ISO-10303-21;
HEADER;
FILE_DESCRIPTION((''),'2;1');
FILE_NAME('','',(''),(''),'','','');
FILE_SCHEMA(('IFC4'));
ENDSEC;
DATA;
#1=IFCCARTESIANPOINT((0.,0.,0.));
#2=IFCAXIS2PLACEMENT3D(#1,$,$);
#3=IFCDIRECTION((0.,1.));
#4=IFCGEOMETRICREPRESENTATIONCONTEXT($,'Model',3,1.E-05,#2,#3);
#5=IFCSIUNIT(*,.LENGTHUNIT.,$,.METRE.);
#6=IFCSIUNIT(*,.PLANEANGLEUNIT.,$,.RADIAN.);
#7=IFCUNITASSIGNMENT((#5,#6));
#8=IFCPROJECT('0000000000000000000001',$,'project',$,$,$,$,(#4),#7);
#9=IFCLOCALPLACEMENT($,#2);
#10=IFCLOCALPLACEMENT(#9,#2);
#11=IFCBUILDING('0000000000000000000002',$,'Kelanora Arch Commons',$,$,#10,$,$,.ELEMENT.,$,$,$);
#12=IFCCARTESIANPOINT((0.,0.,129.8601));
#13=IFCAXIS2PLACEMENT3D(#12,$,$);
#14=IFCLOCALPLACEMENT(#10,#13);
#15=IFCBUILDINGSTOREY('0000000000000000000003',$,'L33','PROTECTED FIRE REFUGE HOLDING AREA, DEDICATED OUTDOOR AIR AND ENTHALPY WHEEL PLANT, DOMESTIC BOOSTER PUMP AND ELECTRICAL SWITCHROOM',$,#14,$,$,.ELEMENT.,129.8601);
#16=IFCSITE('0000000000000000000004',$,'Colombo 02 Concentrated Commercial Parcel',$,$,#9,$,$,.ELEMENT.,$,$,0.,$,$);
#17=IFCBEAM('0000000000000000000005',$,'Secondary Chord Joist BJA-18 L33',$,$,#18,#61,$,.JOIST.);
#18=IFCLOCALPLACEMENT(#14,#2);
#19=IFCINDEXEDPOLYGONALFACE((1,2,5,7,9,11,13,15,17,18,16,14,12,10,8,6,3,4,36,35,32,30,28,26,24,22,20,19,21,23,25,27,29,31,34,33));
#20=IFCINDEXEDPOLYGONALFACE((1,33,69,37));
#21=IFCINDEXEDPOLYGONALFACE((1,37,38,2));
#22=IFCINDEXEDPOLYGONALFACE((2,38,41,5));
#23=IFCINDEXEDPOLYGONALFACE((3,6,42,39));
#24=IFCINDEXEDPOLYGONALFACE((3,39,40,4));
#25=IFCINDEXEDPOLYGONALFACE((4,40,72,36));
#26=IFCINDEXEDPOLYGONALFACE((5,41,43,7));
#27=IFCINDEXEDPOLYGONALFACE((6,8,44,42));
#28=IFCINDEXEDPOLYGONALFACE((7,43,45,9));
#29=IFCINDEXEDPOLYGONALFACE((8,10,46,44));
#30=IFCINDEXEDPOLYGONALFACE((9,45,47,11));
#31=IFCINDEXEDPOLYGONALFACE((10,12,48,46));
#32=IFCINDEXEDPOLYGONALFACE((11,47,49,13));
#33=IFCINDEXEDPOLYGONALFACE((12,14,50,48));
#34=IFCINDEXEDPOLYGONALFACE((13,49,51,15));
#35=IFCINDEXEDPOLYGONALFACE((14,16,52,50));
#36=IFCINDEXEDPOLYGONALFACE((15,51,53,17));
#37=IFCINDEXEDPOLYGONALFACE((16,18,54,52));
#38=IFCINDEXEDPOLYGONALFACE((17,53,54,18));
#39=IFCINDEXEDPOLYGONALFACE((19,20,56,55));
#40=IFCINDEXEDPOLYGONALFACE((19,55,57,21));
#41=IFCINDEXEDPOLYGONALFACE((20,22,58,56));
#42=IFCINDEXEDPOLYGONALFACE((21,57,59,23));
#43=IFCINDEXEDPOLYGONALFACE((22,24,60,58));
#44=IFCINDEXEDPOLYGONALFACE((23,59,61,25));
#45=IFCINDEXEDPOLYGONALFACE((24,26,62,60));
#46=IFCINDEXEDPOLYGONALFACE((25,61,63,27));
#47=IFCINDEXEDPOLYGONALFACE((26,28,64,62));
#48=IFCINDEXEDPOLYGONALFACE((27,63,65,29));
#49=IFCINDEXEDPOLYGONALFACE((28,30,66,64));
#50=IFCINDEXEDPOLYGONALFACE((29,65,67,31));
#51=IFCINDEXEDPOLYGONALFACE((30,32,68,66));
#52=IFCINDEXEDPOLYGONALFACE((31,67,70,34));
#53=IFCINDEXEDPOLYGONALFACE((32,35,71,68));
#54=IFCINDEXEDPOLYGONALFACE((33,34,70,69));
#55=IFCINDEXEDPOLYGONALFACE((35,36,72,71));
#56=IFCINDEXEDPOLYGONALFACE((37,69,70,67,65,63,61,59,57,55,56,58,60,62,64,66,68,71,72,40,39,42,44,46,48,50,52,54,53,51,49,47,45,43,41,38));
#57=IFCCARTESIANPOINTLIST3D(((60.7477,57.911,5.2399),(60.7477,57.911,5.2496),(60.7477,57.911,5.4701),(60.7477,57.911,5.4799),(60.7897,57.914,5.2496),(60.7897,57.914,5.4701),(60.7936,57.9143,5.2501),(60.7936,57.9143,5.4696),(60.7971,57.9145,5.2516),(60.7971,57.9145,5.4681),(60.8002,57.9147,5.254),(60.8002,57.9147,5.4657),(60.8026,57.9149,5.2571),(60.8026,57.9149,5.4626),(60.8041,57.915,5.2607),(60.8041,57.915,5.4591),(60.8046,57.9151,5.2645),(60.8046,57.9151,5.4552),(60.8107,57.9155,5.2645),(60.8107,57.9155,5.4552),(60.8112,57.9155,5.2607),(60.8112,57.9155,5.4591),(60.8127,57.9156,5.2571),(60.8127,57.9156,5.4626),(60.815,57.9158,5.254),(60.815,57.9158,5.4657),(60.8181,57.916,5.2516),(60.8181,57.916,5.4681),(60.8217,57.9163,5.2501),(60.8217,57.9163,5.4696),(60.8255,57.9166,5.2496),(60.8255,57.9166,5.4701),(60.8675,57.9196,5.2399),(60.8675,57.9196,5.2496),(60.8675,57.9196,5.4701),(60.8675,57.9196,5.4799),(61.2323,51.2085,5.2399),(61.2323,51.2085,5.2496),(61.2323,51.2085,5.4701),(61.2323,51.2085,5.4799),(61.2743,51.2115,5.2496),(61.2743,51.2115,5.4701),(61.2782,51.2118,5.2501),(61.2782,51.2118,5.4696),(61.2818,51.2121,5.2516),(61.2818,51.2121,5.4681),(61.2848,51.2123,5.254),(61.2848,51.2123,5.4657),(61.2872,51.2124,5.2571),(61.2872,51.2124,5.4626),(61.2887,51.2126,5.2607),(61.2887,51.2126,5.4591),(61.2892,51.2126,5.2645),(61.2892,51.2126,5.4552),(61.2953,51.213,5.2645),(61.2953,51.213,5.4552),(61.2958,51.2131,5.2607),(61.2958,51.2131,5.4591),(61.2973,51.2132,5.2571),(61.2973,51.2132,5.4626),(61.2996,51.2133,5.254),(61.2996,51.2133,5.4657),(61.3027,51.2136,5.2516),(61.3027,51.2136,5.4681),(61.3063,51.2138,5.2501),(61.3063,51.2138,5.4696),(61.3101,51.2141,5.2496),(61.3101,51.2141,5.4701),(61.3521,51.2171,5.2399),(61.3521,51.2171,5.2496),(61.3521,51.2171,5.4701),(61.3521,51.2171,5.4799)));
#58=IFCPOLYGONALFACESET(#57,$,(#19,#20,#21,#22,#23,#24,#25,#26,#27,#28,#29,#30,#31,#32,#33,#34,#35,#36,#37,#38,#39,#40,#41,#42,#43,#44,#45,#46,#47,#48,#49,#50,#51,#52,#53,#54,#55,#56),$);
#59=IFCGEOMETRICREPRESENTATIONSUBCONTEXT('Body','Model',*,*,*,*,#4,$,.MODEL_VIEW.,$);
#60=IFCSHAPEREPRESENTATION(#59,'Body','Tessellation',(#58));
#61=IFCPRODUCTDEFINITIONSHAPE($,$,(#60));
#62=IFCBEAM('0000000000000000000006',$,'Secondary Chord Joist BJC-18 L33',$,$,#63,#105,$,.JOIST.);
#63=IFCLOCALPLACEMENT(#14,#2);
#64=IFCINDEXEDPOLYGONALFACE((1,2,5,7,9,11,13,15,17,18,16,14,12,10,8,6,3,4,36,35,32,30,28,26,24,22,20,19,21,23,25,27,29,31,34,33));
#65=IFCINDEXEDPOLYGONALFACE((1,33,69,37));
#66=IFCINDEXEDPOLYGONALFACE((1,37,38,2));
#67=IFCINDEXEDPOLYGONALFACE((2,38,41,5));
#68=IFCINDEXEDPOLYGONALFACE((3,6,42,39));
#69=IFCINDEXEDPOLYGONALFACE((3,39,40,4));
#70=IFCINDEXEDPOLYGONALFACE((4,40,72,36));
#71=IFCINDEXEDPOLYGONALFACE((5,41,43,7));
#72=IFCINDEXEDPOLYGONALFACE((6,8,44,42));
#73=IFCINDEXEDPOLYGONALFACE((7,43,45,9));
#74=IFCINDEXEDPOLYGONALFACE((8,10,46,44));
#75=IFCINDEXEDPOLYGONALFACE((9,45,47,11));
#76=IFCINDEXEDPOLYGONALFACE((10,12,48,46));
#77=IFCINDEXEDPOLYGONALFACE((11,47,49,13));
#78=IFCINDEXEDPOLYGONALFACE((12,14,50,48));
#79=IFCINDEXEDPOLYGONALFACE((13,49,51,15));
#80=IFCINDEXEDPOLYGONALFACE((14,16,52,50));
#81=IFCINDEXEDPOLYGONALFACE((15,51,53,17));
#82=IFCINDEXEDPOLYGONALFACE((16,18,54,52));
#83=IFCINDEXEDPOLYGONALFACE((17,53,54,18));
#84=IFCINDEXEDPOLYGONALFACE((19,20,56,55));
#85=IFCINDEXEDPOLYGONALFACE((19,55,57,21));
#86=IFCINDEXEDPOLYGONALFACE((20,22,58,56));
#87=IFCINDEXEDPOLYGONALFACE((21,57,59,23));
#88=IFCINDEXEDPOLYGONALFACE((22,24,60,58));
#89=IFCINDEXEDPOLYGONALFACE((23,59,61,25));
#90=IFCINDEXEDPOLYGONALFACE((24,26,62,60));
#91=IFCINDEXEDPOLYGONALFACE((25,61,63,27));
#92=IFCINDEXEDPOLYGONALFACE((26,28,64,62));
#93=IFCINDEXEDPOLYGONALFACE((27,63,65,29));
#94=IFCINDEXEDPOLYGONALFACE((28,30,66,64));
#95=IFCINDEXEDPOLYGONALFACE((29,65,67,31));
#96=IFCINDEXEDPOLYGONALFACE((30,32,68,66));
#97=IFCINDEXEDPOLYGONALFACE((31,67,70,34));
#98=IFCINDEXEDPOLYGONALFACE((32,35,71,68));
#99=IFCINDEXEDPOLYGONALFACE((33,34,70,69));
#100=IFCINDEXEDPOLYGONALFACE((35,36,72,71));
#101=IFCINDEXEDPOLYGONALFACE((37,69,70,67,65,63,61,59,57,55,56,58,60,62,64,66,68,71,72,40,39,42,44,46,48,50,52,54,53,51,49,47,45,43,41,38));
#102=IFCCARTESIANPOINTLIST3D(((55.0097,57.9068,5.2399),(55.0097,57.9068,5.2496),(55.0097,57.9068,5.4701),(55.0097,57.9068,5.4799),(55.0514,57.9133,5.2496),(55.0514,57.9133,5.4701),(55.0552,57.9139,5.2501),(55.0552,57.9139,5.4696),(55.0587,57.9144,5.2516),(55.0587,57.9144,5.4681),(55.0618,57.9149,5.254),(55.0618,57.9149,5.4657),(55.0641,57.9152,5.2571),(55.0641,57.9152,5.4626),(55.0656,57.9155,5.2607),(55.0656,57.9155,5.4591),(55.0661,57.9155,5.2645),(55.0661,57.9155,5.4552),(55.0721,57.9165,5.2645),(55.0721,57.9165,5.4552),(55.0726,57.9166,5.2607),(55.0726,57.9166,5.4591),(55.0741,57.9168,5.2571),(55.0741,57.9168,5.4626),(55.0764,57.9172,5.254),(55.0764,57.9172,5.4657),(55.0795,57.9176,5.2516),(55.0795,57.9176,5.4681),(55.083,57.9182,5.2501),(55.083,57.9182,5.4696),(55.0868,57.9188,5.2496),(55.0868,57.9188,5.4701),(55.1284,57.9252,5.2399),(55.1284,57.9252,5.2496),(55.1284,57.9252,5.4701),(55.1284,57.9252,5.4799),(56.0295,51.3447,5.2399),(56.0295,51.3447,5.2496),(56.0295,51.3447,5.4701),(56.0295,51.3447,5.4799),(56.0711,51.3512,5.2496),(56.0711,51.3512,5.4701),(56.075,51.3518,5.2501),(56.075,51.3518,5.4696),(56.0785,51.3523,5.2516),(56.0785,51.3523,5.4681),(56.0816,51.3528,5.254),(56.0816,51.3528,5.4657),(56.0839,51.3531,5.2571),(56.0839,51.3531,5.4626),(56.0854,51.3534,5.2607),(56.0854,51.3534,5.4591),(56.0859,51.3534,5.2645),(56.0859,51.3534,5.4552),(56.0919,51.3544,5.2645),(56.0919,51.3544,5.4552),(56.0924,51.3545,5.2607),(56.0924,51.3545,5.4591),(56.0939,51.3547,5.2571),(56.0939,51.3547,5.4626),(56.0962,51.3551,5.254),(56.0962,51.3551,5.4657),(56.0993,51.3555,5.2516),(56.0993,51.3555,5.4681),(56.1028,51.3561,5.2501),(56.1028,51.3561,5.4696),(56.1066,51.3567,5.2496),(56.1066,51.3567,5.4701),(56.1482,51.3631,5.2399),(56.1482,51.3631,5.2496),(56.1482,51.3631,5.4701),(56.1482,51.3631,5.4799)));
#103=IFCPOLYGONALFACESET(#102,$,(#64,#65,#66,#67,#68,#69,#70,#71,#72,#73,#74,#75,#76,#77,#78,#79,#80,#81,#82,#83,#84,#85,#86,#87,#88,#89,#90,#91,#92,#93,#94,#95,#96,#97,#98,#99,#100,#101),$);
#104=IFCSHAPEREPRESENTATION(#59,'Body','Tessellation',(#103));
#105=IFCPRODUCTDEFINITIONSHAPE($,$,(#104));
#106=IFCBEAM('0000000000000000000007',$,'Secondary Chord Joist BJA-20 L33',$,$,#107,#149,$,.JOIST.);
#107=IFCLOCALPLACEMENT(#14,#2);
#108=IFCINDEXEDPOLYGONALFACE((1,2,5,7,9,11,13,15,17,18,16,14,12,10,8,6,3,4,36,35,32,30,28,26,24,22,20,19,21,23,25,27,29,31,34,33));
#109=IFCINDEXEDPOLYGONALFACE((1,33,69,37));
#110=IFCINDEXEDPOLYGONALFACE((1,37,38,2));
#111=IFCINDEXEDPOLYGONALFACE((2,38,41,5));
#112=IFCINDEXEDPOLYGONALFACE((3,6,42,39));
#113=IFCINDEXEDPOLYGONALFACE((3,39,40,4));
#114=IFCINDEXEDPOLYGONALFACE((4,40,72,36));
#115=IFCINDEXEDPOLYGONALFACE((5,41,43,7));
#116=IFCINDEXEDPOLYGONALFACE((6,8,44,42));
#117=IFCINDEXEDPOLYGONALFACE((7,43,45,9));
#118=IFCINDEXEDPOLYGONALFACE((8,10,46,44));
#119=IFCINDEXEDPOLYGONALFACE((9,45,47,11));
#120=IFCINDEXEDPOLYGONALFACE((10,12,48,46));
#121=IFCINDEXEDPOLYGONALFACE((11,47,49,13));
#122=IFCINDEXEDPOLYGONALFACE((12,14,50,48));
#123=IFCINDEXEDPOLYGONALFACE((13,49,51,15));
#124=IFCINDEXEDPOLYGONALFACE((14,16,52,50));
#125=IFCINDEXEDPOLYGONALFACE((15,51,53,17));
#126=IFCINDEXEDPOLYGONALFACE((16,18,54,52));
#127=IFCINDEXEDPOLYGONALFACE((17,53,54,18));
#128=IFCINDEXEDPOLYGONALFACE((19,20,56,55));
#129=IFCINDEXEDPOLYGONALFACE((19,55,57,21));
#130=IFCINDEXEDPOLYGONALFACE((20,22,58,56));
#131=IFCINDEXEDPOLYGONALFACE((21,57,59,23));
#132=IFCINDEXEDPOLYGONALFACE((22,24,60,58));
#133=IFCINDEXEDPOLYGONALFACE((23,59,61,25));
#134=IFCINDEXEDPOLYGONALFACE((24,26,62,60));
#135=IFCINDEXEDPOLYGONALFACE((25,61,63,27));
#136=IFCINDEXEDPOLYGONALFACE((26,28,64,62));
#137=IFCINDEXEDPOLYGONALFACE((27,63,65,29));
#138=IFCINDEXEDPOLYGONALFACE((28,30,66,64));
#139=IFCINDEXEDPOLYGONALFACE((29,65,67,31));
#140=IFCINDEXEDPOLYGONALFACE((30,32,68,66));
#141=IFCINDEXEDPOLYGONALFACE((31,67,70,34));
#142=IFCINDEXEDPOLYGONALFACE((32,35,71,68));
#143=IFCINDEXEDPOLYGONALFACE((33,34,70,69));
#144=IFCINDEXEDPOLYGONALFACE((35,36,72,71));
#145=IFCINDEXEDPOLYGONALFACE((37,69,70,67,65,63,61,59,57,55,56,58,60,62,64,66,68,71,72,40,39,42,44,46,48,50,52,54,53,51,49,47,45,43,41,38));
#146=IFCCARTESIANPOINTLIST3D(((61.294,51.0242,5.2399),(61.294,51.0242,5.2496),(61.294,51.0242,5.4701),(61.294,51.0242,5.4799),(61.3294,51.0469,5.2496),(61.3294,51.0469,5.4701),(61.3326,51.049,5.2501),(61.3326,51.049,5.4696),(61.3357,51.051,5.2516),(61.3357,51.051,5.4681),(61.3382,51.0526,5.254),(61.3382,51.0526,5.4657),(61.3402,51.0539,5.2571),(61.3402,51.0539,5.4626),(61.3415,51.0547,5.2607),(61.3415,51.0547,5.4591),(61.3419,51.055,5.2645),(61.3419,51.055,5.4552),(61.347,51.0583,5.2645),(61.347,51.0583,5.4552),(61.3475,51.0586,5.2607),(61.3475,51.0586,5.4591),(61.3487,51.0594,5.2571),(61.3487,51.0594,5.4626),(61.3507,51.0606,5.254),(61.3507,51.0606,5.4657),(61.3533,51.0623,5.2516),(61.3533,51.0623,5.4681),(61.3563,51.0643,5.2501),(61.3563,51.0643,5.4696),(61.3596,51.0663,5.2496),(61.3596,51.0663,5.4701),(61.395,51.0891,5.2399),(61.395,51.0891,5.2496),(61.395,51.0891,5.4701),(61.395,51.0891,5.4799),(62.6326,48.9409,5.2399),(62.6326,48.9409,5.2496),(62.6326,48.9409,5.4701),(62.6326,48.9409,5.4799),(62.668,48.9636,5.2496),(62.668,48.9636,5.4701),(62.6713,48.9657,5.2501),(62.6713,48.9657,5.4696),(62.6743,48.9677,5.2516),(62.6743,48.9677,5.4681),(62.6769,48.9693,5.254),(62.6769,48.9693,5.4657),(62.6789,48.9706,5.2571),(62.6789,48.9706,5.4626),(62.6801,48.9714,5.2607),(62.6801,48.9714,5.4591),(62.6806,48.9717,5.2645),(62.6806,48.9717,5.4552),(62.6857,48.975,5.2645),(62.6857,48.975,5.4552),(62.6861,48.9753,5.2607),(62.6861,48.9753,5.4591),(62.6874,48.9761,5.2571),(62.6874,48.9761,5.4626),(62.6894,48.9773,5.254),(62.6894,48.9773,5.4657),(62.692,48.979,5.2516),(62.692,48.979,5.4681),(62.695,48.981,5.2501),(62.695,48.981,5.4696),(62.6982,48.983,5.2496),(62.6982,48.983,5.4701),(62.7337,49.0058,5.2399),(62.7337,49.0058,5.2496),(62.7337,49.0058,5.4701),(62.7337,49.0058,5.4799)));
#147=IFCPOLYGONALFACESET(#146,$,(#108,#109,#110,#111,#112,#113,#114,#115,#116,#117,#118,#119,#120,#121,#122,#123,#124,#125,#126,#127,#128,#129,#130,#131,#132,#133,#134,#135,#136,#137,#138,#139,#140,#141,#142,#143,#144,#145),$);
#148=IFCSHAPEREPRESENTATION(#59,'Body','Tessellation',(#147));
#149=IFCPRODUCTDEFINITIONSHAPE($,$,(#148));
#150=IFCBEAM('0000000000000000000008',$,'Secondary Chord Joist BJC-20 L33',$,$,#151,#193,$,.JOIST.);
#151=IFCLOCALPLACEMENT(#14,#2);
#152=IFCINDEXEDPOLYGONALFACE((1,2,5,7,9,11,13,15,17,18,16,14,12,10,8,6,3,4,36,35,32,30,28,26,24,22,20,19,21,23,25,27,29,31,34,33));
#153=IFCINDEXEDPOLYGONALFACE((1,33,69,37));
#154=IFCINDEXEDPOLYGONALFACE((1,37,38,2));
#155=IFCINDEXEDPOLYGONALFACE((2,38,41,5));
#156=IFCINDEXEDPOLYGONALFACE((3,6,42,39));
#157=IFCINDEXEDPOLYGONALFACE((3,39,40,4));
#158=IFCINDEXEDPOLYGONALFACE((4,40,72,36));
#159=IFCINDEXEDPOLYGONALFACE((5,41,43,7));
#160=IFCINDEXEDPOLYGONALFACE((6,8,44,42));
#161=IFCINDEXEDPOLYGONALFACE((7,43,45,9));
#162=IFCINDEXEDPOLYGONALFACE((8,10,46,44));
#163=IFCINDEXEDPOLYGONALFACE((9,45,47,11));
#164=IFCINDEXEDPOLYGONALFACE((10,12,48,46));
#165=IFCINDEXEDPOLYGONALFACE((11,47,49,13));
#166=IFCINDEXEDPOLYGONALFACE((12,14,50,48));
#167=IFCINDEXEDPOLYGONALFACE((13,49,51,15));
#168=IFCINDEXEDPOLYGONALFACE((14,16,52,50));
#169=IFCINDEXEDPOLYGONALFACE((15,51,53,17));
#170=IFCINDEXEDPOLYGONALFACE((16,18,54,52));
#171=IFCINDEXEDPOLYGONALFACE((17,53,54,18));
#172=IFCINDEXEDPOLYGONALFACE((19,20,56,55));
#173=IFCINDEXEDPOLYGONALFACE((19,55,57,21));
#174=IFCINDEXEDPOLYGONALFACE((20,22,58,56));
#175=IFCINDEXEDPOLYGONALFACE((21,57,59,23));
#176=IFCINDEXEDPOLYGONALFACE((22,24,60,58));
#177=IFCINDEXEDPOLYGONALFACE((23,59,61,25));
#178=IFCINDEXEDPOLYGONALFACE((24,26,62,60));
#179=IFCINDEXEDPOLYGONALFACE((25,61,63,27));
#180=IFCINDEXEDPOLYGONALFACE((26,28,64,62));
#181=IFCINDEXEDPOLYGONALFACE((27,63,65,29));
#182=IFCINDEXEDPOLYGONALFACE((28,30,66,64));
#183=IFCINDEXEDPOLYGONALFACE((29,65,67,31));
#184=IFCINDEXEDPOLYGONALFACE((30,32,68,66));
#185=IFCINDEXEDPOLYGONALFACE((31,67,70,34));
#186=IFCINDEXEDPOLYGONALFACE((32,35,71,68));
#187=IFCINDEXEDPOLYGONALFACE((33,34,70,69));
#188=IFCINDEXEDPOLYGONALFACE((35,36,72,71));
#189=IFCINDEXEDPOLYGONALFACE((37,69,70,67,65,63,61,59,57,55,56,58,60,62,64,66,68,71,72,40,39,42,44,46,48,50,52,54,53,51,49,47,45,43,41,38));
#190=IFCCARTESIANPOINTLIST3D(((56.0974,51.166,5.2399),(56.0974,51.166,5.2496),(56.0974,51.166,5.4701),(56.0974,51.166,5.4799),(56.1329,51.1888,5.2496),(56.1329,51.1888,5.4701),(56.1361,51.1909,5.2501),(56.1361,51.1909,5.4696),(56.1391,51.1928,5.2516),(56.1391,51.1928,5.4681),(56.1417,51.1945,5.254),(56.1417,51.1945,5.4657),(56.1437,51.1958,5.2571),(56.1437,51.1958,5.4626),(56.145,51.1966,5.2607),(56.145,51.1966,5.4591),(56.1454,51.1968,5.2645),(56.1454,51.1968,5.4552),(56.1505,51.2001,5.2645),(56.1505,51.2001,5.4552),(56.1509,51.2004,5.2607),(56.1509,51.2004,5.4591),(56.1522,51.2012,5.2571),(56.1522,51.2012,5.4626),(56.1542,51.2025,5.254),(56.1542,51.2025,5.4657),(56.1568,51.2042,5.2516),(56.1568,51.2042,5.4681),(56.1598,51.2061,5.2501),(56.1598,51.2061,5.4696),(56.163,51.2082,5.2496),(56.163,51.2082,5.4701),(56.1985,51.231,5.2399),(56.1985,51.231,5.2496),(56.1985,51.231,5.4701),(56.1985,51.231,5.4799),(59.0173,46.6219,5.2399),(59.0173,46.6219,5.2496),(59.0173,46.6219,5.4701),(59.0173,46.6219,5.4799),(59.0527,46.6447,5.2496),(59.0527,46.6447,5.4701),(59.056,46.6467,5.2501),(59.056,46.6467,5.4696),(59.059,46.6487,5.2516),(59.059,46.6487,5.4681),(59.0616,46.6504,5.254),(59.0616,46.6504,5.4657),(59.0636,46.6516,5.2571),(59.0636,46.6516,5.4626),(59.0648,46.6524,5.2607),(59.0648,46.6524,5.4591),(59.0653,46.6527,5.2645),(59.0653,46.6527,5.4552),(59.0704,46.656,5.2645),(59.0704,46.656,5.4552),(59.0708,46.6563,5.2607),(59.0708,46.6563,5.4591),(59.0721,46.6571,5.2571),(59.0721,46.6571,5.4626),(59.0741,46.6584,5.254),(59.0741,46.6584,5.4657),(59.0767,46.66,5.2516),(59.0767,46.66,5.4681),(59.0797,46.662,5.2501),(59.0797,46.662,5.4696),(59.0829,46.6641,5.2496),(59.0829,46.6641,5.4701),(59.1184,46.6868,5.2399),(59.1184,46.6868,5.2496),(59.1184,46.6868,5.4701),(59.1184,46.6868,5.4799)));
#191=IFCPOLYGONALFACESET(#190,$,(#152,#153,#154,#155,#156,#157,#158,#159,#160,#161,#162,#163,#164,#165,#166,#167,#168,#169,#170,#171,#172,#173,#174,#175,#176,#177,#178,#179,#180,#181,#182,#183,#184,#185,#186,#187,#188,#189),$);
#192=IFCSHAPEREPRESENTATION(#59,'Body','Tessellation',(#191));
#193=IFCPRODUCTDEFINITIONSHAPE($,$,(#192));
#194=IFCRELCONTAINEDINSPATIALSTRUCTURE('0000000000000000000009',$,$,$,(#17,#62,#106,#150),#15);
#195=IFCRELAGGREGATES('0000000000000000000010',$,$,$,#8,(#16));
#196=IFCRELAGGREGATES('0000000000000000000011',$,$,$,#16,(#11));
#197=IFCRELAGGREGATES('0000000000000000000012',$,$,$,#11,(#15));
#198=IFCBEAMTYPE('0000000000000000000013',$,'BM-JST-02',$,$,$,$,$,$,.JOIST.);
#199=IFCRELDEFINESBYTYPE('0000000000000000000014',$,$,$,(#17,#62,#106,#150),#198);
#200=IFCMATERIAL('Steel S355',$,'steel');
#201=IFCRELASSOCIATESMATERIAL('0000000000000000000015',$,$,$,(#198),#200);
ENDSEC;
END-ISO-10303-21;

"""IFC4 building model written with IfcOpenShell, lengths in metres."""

from ifc_helpers import new_model, si_unit, direction, frame, origin, origin_2d, place, context, subcontext, project, spatial, i_section, extrude, material, material_profile, profile_set, type_object, element, save


model = new_model("IFC4")

# Units and contexts
model_context = context("Model", 3, precision=1e-05, world=origin(), true_north=direction((0.0, 1.0)))
body_context = subcontext(model_context, "Body", "Model", "MODEL_VIEW")
ifc_project = project(units=[si_unit("LENGTHUNIT", "METRE"), si_unit("PLANEANGLEUNIT", "RADIAN")], contexts=[model_context])

# Site, building, storey
site_placement = place(None, origin())
site = spatial("IfcSite", under=ifc_project, at=site_placement, Name="Colombo 02 Concentrated Commercial Parcel", CompositionType="ELEMENT", RefElevation=0.0)
building_placement = place(site_placement, origin())
building = spatial("IfcBuilding", under=site, at=building_placement, Name="Kelanora Arch Commons", CompositionType="ELEMENT")
storey_placement = place(building_placement, frame((0.0, 0.0, 129.8601)))
storey = spatial("IfcBuildingStorey", under=building, at=storey_placement, Name="L33", Description="PROTECTED FIRE REFUGE HOLDING AREA, DEDICATED OUTDOOR AIR AND ENTHALPY WHEEL PLANT, DOMESTIC BOOSTER PUMP AND ELECTRICAL SWITCHROOM", CompositionType="ELEMENT", Elevation=129.8601)

# Beams
ifc_material_1 = material(Name="Steel S355", Category="steel")
ifc_material_profile_1 = material_profile(ifc_material_1, i_section(OverallWidth=0.1201, OverallDepth=0.24, WebThickness=0.0061, FlangeThickness=0.0098, FilletRadius=0.0149, at=origin_2d()), Name="IPE240")
ifc_profile_set_1 = profile_set([ifc_material_profile_1], Name="Steel S355")
beam_type_1 = type_object("IfcBeamType", Name="BM-JST-02", PredefinedType="JOIST", material=ifc_profile_set_1)
beam_1_placement = place(storey_placement, frame((60.8076, 57.9153, 5.3599), z_axis=(0.072117, -0.997396, 0.0), x_axis=(0.997396, 0.072117, 0.0)))
element("IfcBeam", 1, at=beam_1_placement, inside=storey, type_object=beam_type_1, Name="Secondary Chord Joist BJA-18 L33", PredefinedType="JOIST", context=body_context, shape_type="SweptSolid", body=[
    extrude(i_section(OverallWidth=0.1201, OverallDepth=0.24, WebThickness=0.0061, FlangeThickness=0.0098, FilletRadius=0.0149, at=origin_2d()), origin(), (0.0, 0.0, 1.0), 6.72),
])
beam_2_placement = place(storey_placement, frame((55.0691, 57.916, 5.3599), z_axis=(0.153563, -0.988139, 0.0), x_axis=(0.988139, 0.153563, 0.0)))
element("IfcBeam", 2, at=beam_2_placement, inside=storey, type_object=beam_type_1, Name="Secondary Chord Joist BJC-18 L33", PredefinedType="JOIST", context=body_context, shape_type="SweptSolid", body=[
    extrude(i_section(OverallWidth=0.1201, OverallDepth=0.24, WebThickness=0.0061, FlangeThickness=0.0098, FilletRadius=0.0149, at=origin_2d()), origin(), (0.0, 0.0, 1.0), 6.6409),
])
beam_3_placement = place(storey_placement, frame((61.3445, 51.0566, 5.3599), z_axis=(0.540583, -0.841291, 0.0), x_axis=(0.841291, 0.540583, 0.0)))
element("IfcBeam", 3, at=beam_3_placement, inside=storey, type_object=beam_type_1, Name="Secondary Chord Joist BJA-20 L33", PredefinedType="JOIST", context=body_context, shape_type="SweptSolid", body=[
    extrude(i_section(OverallWidth=0.1201, OverallDepth=0.24, WebThickness=0.0061, FlangeThickness=0.0098, FilletRadius=0.0149, at=origin_2d()), origin(), (0.0, 0.0, 1.0), 2.4763),
])
beam_4_placement = place(storey_placement, frame((56.1479, 51.1985, 5.3599), z_axis=(0.540582, -0.841292, 0.0), x_axis=(0.841292, 0.540582, 0.0)))
element("IfcBeam", 4, at=beam_4_placement, inside=storey, type_object=beam_type_1, Name="Secondary Chord Joist BJC-20 L33", PredefinedType="JOIST", context=body_context, shape_type="SweptSolid", body=[
    extrude(i_section(OverallWidth=0.1201, OverallDepth=0.24, WebThickness=0.0061, FlangeThickness=0.0098, FilletRadius=0.0149, at=origin_2d()), origin(), (0.0, 0.0, 1.0), 5.4014),
])

save(model, "model.ifc")
